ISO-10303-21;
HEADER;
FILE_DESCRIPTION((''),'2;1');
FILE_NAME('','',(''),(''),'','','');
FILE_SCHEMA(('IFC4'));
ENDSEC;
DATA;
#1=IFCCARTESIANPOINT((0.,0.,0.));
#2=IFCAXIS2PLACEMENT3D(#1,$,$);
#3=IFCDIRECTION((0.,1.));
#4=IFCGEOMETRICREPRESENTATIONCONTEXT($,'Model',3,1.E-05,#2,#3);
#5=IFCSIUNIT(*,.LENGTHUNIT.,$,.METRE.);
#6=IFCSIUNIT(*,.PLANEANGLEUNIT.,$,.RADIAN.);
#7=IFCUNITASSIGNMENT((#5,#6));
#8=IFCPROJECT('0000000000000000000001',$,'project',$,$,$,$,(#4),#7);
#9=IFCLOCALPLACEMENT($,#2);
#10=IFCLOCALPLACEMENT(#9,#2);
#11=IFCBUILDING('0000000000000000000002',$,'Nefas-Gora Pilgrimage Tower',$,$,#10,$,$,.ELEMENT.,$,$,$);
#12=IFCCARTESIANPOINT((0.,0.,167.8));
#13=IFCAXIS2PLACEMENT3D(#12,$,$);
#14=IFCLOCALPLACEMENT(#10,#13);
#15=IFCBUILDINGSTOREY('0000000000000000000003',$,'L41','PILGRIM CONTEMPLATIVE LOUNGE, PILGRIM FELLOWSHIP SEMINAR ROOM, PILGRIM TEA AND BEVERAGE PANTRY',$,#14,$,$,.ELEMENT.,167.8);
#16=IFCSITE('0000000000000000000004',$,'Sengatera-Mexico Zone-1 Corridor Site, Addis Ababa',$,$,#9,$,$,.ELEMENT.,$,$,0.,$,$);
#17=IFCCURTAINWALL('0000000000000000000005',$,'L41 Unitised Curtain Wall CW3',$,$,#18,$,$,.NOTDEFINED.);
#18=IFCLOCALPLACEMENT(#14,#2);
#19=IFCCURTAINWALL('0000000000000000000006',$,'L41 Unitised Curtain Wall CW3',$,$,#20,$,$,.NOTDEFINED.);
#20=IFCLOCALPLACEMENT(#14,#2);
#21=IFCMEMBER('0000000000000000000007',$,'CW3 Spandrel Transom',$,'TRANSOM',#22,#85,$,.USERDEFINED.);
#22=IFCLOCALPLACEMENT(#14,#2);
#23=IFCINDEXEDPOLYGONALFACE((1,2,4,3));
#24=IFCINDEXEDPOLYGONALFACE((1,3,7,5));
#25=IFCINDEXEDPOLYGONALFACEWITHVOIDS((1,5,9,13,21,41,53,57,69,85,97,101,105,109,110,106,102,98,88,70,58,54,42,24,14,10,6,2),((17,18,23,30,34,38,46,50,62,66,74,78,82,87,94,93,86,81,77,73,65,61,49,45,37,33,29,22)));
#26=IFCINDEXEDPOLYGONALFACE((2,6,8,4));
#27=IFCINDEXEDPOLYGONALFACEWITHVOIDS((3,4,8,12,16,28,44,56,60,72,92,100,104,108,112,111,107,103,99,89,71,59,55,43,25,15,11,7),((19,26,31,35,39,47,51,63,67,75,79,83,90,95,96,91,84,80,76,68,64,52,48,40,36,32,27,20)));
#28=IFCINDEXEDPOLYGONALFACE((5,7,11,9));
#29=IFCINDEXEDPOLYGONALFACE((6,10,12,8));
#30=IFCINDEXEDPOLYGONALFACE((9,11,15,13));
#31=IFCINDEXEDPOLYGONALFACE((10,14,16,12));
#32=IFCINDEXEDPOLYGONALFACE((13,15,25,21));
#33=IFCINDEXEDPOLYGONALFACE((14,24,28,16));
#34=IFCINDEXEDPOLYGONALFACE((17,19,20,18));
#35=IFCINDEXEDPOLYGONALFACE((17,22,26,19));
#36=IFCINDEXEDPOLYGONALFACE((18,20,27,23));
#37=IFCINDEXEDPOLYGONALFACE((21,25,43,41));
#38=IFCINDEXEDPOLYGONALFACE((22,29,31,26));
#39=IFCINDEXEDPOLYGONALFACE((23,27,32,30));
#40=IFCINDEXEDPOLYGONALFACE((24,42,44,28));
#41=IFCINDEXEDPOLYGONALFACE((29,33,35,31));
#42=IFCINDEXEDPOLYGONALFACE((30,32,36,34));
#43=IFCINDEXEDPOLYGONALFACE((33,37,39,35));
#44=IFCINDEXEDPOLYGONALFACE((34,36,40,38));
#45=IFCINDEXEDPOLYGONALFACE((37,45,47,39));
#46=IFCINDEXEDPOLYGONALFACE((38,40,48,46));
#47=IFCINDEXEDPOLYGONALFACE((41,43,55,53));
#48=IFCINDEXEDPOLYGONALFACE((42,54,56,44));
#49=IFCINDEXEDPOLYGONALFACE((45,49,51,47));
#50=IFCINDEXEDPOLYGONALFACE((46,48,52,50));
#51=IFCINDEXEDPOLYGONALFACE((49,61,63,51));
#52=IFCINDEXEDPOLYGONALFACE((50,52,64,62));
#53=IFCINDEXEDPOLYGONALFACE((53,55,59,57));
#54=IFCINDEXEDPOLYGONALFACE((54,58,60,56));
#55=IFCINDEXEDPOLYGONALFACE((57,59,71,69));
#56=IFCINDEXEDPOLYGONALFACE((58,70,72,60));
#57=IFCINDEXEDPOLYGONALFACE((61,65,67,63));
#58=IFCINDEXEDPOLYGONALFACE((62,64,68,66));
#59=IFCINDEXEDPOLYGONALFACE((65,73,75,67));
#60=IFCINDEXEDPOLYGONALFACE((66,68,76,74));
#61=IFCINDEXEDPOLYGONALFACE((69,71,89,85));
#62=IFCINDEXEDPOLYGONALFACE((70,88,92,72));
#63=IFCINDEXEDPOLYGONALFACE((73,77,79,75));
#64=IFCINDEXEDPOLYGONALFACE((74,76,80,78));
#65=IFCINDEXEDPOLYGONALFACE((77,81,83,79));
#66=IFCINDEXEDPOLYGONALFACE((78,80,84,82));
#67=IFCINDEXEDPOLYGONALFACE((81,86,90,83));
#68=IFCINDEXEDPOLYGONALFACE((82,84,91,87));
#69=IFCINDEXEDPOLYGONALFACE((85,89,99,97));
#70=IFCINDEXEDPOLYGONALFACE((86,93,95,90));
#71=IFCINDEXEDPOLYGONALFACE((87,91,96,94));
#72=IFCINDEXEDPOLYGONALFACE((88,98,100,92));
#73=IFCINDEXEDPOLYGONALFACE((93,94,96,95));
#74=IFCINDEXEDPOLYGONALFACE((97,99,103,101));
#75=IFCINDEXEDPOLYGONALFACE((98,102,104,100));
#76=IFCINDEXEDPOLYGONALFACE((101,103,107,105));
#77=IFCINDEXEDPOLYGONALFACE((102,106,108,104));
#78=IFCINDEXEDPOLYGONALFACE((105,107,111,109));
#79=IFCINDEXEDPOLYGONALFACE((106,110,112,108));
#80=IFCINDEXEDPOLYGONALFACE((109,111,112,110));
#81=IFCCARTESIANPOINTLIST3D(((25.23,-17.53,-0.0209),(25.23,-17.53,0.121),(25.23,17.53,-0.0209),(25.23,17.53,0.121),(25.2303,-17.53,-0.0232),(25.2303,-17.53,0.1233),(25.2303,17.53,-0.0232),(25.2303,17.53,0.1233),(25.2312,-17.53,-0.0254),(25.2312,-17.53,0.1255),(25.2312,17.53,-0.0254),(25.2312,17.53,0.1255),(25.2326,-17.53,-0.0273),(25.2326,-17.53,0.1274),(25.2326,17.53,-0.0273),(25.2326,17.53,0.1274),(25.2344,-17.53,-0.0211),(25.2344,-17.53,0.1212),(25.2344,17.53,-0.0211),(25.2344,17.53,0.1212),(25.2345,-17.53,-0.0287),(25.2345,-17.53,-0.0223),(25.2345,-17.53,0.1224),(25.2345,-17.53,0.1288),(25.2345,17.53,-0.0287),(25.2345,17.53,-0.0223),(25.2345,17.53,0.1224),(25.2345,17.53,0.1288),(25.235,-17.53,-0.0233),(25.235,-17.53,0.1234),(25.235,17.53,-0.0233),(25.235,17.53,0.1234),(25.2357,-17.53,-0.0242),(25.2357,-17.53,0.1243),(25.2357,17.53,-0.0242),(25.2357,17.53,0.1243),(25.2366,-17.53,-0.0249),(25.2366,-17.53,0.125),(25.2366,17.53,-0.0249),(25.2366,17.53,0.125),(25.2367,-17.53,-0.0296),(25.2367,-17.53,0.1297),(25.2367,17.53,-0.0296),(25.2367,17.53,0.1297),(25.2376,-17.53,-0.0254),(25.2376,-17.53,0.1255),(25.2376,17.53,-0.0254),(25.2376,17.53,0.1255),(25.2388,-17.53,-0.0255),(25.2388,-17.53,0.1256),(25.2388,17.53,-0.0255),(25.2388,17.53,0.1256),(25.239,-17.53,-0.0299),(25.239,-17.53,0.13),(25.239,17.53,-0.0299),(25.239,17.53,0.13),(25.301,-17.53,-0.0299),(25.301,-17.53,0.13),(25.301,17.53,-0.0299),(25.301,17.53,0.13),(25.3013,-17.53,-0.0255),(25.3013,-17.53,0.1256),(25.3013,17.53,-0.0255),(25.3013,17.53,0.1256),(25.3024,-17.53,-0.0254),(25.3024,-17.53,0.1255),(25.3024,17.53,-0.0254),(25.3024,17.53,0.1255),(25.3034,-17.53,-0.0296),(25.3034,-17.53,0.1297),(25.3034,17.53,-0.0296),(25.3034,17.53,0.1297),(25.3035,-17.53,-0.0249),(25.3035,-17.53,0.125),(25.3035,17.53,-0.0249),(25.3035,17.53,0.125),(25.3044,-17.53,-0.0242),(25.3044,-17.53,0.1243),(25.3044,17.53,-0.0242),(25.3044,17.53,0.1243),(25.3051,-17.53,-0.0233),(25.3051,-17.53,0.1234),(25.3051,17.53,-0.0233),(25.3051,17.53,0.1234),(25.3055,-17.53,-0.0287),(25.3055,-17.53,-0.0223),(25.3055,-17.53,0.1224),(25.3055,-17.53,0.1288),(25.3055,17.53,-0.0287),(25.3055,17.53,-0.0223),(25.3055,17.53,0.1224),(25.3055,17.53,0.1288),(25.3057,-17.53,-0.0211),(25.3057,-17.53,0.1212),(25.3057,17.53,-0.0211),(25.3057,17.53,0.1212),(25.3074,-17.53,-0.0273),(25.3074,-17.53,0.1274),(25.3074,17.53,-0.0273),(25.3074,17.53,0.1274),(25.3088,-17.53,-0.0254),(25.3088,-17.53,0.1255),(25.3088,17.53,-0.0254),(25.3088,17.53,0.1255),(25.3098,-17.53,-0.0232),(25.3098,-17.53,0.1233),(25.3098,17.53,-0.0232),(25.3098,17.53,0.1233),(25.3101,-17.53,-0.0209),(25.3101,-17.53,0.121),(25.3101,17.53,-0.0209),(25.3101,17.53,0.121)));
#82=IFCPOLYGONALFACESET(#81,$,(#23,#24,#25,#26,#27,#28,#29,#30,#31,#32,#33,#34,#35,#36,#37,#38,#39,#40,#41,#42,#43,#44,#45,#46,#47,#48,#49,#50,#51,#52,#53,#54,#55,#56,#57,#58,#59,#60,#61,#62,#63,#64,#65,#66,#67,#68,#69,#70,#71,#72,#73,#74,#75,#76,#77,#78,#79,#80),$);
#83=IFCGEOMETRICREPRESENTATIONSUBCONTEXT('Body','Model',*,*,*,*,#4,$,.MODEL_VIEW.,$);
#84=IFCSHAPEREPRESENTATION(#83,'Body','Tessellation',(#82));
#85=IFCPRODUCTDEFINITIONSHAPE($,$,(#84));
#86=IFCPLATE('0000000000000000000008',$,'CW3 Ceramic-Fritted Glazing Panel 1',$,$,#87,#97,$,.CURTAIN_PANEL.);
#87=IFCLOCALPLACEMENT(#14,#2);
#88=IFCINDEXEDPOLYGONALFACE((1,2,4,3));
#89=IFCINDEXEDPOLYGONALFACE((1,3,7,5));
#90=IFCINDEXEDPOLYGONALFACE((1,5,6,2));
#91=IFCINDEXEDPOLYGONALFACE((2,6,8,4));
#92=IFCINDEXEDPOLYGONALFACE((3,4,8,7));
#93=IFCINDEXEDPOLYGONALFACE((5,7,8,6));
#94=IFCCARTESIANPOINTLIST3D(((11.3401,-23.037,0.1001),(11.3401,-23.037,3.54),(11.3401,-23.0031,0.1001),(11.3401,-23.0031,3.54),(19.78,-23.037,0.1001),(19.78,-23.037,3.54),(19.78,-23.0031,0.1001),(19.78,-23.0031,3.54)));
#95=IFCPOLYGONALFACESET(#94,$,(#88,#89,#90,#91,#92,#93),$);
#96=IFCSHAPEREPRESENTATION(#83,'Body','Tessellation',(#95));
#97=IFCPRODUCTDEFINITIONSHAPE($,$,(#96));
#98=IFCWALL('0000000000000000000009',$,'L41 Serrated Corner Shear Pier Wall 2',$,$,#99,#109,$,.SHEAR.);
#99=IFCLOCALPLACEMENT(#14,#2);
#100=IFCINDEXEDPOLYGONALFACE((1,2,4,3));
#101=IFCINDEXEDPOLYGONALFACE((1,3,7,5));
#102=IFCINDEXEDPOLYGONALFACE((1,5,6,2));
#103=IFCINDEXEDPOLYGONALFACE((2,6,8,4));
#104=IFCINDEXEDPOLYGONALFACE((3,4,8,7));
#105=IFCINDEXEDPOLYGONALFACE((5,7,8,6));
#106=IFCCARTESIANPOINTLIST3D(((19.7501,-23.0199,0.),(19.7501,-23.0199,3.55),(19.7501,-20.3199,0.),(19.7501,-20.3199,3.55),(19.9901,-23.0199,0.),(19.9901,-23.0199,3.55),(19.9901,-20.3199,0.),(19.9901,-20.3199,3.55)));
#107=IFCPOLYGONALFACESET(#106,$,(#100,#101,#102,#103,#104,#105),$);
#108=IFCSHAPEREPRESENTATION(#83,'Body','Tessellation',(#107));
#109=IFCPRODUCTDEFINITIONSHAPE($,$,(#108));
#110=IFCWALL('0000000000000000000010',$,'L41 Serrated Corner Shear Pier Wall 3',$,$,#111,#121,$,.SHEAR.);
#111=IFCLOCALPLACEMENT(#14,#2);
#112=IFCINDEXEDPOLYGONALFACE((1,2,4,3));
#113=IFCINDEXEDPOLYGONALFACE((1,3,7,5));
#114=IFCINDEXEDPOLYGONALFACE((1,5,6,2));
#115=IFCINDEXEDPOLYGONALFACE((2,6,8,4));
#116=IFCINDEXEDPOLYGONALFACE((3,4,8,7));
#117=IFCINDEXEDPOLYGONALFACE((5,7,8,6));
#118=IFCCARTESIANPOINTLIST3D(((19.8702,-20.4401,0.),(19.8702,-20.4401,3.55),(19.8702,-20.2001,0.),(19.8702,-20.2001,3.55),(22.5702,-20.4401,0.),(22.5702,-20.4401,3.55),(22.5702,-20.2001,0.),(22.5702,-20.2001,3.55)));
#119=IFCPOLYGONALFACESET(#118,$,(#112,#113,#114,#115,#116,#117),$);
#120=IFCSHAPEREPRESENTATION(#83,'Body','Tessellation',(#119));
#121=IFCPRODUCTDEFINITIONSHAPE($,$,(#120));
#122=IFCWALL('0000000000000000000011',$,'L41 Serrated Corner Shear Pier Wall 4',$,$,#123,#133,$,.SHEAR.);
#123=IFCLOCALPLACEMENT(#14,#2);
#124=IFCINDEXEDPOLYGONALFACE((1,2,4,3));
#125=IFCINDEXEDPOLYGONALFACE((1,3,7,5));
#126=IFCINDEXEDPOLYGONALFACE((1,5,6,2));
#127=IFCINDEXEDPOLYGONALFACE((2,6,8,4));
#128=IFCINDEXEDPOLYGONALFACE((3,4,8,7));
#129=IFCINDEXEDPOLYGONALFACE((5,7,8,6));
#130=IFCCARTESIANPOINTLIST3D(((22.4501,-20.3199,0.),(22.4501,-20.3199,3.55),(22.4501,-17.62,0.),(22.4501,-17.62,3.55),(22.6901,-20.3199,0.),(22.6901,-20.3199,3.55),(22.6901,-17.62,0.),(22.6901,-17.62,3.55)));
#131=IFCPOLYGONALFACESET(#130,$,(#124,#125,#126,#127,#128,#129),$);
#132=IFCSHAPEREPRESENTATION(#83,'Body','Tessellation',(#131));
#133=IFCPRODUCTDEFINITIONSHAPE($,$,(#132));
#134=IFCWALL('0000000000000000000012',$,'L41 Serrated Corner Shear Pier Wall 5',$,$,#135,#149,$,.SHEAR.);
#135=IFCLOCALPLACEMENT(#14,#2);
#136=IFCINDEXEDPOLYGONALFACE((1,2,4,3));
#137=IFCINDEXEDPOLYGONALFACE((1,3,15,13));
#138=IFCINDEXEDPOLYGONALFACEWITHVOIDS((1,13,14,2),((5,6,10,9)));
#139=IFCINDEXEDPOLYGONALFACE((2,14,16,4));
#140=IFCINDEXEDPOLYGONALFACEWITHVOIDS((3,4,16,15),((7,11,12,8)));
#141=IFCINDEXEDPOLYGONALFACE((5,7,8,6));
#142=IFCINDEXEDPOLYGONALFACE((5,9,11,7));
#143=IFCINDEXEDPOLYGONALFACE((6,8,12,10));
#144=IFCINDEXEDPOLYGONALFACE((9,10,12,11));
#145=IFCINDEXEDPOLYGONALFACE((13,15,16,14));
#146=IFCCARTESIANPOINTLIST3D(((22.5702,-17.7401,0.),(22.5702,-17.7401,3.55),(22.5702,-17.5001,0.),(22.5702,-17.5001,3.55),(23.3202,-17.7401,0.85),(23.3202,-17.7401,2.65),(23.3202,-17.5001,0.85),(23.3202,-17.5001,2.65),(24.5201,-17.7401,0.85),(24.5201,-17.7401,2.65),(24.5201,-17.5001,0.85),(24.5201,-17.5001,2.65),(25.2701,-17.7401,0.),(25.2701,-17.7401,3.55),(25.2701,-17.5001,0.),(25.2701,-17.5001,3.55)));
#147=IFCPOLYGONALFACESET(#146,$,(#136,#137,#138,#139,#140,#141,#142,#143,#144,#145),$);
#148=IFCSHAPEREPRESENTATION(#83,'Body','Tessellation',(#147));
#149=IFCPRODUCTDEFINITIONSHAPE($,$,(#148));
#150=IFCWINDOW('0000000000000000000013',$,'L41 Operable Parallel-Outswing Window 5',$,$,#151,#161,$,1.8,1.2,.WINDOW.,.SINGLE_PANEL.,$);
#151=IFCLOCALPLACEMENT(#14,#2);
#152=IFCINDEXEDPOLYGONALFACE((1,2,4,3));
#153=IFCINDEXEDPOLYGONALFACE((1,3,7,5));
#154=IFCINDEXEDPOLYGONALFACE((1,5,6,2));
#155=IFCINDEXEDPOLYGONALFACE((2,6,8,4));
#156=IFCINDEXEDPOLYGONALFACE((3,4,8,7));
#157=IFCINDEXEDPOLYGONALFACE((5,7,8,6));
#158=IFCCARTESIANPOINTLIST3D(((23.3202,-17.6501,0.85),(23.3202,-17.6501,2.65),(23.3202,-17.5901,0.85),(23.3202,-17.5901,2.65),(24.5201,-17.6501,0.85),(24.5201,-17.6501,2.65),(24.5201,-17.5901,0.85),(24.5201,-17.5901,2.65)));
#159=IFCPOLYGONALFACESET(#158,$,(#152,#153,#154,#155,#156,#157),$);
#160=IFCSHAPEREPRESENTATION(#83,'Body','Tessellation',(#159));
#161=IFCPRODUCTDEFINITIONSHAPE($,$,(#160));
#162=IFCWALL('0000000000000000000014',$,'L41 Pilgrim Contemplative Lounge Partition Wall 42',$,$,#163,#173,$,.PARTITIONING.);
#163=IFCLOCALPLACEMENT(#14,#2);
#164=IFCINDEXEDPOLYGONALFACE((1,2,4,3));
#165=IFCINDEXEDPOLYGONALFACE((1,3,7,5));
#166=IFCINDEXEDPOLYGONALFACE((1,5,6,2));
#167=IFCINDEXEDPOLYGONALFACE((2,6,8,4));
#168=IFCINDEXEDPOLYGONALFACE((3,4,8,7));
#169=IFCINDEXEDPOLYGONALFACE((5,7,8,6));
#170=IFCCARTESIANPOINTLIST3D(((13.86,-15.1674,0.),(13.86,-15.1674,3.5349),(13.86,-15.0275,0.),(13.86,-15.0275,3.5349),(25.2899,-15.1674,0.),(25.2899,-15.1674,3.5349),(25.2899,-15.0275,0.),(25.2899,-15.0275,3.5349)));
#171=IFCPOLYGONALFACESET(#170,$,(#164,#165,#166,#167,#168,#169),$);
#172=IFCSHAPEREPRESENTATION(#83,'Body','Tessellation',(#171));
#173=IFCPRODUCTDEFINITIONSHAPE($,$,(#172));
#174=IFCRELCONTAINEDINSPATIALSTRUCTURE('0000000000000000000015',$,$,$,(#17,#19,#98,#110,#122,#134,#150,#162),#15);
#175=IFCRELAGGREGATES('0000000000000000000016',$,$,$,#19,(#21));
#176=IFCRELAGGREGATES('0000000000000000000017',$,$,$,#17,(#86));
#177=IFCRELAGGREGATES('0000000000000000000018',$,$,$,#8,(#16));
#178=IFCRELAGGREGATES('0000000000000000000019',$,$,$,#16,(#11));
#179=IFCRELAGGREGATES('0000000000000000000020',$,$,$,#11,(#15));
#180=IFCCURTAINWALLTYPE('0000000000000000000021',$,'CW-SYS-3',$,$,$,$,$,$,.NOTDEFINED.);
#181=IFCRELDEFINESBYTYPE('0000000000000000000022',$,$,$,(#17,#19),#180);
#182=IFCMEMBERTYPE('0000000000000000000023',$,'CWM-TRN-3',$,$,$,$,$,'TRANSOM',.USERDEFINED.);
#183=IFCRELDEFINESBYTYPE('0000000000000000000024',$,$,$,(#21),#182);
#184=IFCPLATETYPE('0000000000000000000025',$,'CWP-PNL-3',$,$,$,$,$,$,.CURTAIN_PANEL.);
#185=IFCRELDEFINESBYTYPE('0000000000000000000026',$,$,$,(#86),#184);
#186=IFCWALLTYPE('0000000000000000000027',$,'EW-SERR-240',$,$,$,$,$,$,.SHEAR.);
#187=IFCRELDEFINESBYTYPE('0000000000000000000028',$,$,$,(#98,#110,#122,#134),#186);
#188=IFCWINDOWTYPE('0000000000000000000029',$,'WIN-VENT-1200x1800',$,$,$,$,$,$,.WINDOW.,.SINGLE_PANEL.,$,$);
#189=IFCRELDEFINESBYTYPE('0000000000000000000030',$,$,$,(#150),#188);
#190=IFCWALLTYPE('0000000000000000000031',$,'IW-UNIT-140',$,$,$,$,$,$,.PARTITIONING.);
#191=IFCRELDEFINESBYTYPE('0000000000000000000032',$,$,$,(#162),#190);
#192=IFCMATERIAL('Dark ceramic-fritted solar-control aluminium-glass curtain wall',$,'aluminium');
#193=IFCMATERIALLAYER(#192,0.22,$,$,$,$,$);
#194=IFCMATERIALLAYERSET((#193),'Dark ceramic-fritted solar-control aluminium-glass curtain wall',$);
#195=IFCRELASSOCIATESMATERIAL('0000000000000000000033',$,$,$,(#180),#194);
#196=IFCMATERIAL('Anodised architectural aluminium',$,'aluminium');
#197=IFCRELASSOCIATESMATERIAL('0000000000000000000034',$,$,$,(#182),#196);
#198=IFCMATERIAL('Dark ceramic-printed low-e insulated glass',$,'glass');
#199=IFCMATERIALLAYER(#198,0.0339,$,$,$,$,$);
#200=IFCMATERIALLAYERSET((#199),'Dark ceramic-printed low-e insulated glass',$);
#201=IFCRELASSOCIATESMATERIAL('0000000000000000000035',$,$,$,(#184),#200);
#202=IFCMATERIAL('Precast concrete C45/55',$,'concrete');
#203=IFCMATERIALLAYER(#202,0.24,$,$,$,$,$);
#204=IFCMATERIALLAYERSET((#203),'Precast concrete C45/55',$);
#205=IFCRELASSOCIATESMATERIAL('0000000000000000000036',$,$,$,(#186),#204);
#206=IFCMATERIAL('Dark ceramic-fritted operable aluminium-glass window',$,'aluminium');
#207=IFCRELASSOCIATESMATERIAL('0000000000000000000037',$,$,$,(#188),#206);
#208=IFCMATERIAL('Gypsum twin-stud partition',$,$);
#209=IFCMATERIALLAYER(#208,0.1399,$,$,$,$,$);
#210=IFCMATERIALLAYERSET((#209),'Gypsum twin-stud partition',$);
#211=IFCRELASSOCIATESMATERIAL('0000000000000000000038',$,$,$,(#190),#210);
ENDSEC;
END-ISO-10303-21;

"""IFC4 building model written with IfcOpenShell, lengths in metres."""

from ifc_helpers import new_model, si_unit, direction, frame, frame_2d, origin, origin_2d, place, context, subcontext, project, spatial, rectangle, hollow_rectangle, extrude, source, transform, mapped, material, layer, layer_set, material_profile, profile_set, type_object, element, fill, aggregate, save


model = new_model("IFC4")

# Units and contexts
model_context = context("Model", 3, precision=1e-05, world=origin(), true_north=direction((0.0, 1.0)))
body_context = subcontext(model_context, "Body", "Model", "MODEL_VIEW")
ifc_project = project(units=[si_unit("LENGTHUNIT", "METRE"), si_unit("PLANEANGLEUNIT", "RADIAN")], contexts=[model_context])

# Site, building, storey
site_placement = place(None, origin())
site = spatial("IfcSite", under=ifc_project, at=site_placement, Name="Sengatera-Mexico Zone-1 Corridor Site, Addis Ababa", CompositionType="ELEMENT", RefElevation=0.0)
building_placement = place(site_placement, origin())
building = spatial("IfcBuilding", under=site, at=building_placement, Name="Nefas-Gora Pilgrimage Tower", CompositionType="ELEMENT")
storey_placement = place(building_placement, frame((0.0, 0.0, 167.8)))
storey = spatial("IfcBuildingStorey", under=building, at=storey_placement, Name="L41", Description="PILGRIM CONTEMPLATIVE LOUNGE, PILGRIM FELLOWSHIP SEMINAR ROOM, PILGRIM TEA AND BEVERAGE PANTRY", CompositionType="ELEMENT", Elevation=167.8)

# Curtain wall
ifc_material_1 = material(Name="Dark ceramic-fritted solar-control aluminium-glass curtain wall", Category="aluminium")
ifc_layer_1 = layer(ifc_material_1, 0.22)
ifc_layer_set_1 = layer_set([ifc_layer_1], Name="Dark ceramic-fritted solar-control aluminium-glass curtain wall")
curtain_wall_type = type_object("IfcCurtainWallType", Name="CW-SYS-3", PredefinedType="NOTDEFINED", material=ifc_layer_set_1)
curtain_wall_1_placement = place(storey_placement, origin())
curtain_wall_1 = element("IfcCurtainWall", 1, at=curtain_wall_1_placement, inside=storey, type_object=curtain_wall_type, Name="L41 Unitised Curtain Wall CW3", PredefinedType="NOTDEFINED")
ifc_material_2 = material(Name="Anodised architectural aluminium", Category="aluminium")

# Curtain wall
curtain_wall_2_placement = place(storey_placement, origin())
curtain_wall_2 = element("IfcCurtainWall", 2, at=curtain_wall_2_placement, inside=storey, type_object=curtain_wall_type, Name="L41 Unitised Curtain Wall CW3", PredefinedType="NOTDEFINED")

# Member
ifc_material_profile_1 = material_profile(ifc_material_2, hollow_rectangle(XDim=0.0801, YDim=0.1599, WallThickness=0.0044, InnerFilletRadius=0.0044, OuterFilletRadius=0.009, at=origin_2d()), Name="ALU TRANSOM 80x160")
ifc_profile_set_1 = profile_set([ifc_material_profile_1], Name="Anodised architectural aluminium")
member_type_1 = type_object("IfcMemberType", Name="CWM-TRN-3", ElementType="TRANSOM", PredefinedType="USERDEFINED", material=ifc_profile_set_1)
shared_shape_1 = source(origin(), body_context, "Body", "SweptSolid", [
    extrude(hollow_rectangle(XDim=0.0801, YDim=0.1599, WallThickness=0.0044, InnerFilletRadius=0.0044, OuterFilletRadius=0.009, at=origin_2d()), origin(), (0.0, 0.0, 1.0), 35.0601),
])
member_1_placement = place(storey_placement, frame((25.27, -17.53, 0.05), z_axis=(0.0, 1.0, 0.0), x_axis=(-1.0, 0.0, 0.0)))
member_1 = element("IfcMember", 3, at=member_1_placement, type_object=member_type_1, Name="CW3 Spandrel Transom", ObjectType="TRANSOM", PredefinedType="USERDEFINED", context=body_context, shape_type="MappedRepresentation", body=[
    mapped(shared_shape_1, transform((0.0, 0.0, 0.0), x_axis=(1.0, 0.0, 0.0), y_axis=(0.0, 1.0, 0.0), z_axis=(0.0, 0.0, 1.0), scale=1.0)),
])
aggregate(curtain_wall_2, [member_1])

# Plate
ifc_material_3 = material(Name="Dark ceramic-printed low-e insulated glass", Category="glass")
ifc_layer_2 = layer(ifc_material_3, 0.0339)
ifc_layer_set_2 = layer_set([ifc_layer_2], Name="Dark ceramic-printed low-e insulated glass")
plate_type = type_object("IfcPlateType", Name="CWP-PNL-3", PredefinedType="CURTAIN_PANEL", material=ifc_layer_set_2)
shared_shape_2 = source(origin(), body_context, "Body", "SweptSolid", [
    extrude(rectangle(XDim=8.4399, YDim=0.0339, at=origin_2d()), origin(), (0.0, 0.0, 1.0), 3.4399),
])
plate_placement = place(storey_placement, frame((15.5601, -23.02, 0.1001), z_axis=(0.0, 0.0, 1.0), x_axis=(1.0, 0.0, 0.0)))
plate = element("IfcPlate", 4, at=plate_placement, type_object=plate_type, Name="CW3 Ceramic-Fritted Glazing Panel 1", PredefinedType="CURTAIN_PANEL", context=body_context, shape_type="MappedRepresentation", body=[
    mapped(shared_shape_2, transform((0.0, 0.0, 0.0), x_axis=(1.0, 0.0, 0.0), y_axis=(0.0, 1.0, 0.0), z_axis=(0.0, 0.0, 1.0), scale=1.0)),
])
aggregate(curtain_wall_1, [plate])

# Walls
ifc_material_4 = material(Name="Precast concrete C45/55", Category="concrete")
ifc_layer_3 = layer(ifc_material_4, 0.24)
ifc_layer_set_3 = layer_set([ifc_layer_3], Name="Precast concrete C45/55")
wall_type_1 = type_object("IfcWallType", Name="EW-SERR-240", PredefinedType="SHEAR", material=ifc_layer_set_3)
shared_shape_3 = source(origin(), body_context, "Body", "SweptSolid", [
    extrude(rectangle(XDim=2.7, YDim=0.24, at=frame_2d((1.3501, 0.0))), origin(), (0.0, 0.0, 1.0), 3.55),
])
for number, where, z_axis, x_axis, name in (
    (5, (19.8701, -23.02, 0.0), (0.0, 0.0, 1.0), (0.0, 1.0, 0.0), "L41 Serrated Corner Shear Pier Wall 2"),
    (6, (19.8701, -20.3201, 0.0), (0.0, 0.0, 1.0), (1.0, 0.0, 0.0), "L41 Serrated Corner Shear Pier Wall 3"),
    (7, (22.5701, -20.3201, 0.0), (0.0, 0.0, 1.0), (0.0, 1.0, 0.0), "L41 Serrated Corner Shear Pier Wall 4"),
):
    element("IfcWall", number, at=place(storey_placement, frame(where, z_axis=z_axis, x_axis=x_axis)), inside=storey, type_object=wall_type_1, Name=name, PredefinedType="SHEAR", context=body_context, shape_type="MappedRepresentation", body=[
        mapped(shared_shape_3, transform((0.0, 0.0, 0.0), x_axis=(1.0, 0.0, 0.0), y_axis=(0.0, 1.0, 0.0), z_axis=(0.0, 0.0, 1.0), scale=1.0)),
    ])

# Wall, opening, window
wall_1_placement = place(storey_placement, frame((22.5701, -17.6201, 0.0), z_axis=(0.0, 0.0, 1.0), x_axis=(1.0, 0.0, 0.0)))
wall_1 = element("IfcWall", 8, at=wall_1_placement, inside=storey, type_object=wall_type_1, Name="L41 Serrated Corner Shear Pier Wall 5", PredefinedType="SHEAR", context=body_context, shape_type="MappedRepresentation", body=[
    mapped(shared_shape_3, transform((0.0, 0.0, 0.0), x_axis=(1.0, 0.0, 0.0), y_axis=(0.0, 1.0, 0.0), z_axis=(0.0, 0.0, 1.0), scale=1.0)),
])
opening_1_placement = place(wall_1_placement, frame((0.75, 0.0, 0.8501)))
opening_1 = element("IfcOpeningElement", 9, at=opening_1_placement, cuts=wall_1, PredefinedType="OPENING", context=body_context, shape_type="SweptSolid", body=[
    extrude(rectangle(XDim=1.2, YDim=1.8, at=frame_2d((0.6001, 0.8999))), frame((0.0, 0.1299, 0.0), z_axis=(0.0, -1.0, 0.0), x_axis=(1.0, 0.0, 0.0)), (0.0, 0.0, 1.0), 0.26),
])
ifc_material_5 = material(Name="Dark ceramic-fritted operable aluminium-glass window", Category="aluminium")
window_type = type_object("IfcWindowType", Name="WIN-VENT-1200x1800", PartitioningType="SINGLE_PANEL", PredefinedType="WINDOW", material=ifc_material_5)
shared_shape_4 = source(origin(), body_context, "Body", "SweptSolid", [
    extrude(rectangle(XDim=1.2, YDim=1.8, at=frame_2d((0.6001, 0.8999))), frame((0.0, 0.03, 0.0), z_axis=(0.0, -1.0, 0.0), x_axis=(1.0, 0.0, 0.0)), (0.0, 0.0, 1.0), 0.0601),
])
window_placement = place(opening_1_placement, origin())
window = element("IfcWindow", 10, at=window_placement, inside=storey, type_object=window_type, Name="L41 Operable Parallel-Outswing Window 5", OverallHeight=1.8, OverallWidth=1.2, PartitioningType="SINGLE_PANEL", PredefinedType="WINDOW", context=body_context, shape_type="MappedRepresentation", body=[
    mapped(shared_shape_4, transform((0.0, 0.0, 0.0), x_axis=(1.0, 0.0, 0.0), y_axis=(0.0, 1.0, 0.0), z_axis=(0.0, 0.0, 1.0), scale=1.0)),
])
fill(opening_1, window)

# Wall
ifc_material_6 = material(Name="Gypsum twin-stud partition")
ifc_layer_4 = layer(ifc_material_6, 0.1399)
ifc_layer_set_4 = layer_set([ifc_layer_4], Name="Gypsum twin-stud partition")
wall_type_2 = type_object("IfcWallType", Name="IW-UNIT-140", PredefinedType="PARTITIONING", material=ifc_layer_set_4)
shared_shape_5 = source(origin(), body_context, "Body", "SweptSolid", [
    extrude(rectangle(XDim=11.4299, YDim=0.1399, at=frame_2d((5.7148, 0.0))), origin(), (0.0, 0.0, 1.0), 3.5349),
])
wall_2_placement = place(storey_placement, frame((13.8601, -15.0974, 0.0), z_axis=(0.0, 0.0, 1.0), x_axis=(1.0, 0.0, 0.0)))
element("IfcWall", 11, at=wall_2_placement, inside=storey, type_object=wall_type_2, Name="L41 Pilgrim Contemplative Lounge Partition Wall 42", PredefinedType="PARTITIONING", context=body_context, shape_type="MappedRepresentation", body=[
    mapped(shared_shape_5, transform((0.0, 0.0, 0.0), x_axis=(1.0, 0.0, 0.0), y_axis=(0.0, 1.0, 0.0), z_axis=(0.0, 0.0, 1.0), scale=1.0)),
])

save(model, "model.ifc")
